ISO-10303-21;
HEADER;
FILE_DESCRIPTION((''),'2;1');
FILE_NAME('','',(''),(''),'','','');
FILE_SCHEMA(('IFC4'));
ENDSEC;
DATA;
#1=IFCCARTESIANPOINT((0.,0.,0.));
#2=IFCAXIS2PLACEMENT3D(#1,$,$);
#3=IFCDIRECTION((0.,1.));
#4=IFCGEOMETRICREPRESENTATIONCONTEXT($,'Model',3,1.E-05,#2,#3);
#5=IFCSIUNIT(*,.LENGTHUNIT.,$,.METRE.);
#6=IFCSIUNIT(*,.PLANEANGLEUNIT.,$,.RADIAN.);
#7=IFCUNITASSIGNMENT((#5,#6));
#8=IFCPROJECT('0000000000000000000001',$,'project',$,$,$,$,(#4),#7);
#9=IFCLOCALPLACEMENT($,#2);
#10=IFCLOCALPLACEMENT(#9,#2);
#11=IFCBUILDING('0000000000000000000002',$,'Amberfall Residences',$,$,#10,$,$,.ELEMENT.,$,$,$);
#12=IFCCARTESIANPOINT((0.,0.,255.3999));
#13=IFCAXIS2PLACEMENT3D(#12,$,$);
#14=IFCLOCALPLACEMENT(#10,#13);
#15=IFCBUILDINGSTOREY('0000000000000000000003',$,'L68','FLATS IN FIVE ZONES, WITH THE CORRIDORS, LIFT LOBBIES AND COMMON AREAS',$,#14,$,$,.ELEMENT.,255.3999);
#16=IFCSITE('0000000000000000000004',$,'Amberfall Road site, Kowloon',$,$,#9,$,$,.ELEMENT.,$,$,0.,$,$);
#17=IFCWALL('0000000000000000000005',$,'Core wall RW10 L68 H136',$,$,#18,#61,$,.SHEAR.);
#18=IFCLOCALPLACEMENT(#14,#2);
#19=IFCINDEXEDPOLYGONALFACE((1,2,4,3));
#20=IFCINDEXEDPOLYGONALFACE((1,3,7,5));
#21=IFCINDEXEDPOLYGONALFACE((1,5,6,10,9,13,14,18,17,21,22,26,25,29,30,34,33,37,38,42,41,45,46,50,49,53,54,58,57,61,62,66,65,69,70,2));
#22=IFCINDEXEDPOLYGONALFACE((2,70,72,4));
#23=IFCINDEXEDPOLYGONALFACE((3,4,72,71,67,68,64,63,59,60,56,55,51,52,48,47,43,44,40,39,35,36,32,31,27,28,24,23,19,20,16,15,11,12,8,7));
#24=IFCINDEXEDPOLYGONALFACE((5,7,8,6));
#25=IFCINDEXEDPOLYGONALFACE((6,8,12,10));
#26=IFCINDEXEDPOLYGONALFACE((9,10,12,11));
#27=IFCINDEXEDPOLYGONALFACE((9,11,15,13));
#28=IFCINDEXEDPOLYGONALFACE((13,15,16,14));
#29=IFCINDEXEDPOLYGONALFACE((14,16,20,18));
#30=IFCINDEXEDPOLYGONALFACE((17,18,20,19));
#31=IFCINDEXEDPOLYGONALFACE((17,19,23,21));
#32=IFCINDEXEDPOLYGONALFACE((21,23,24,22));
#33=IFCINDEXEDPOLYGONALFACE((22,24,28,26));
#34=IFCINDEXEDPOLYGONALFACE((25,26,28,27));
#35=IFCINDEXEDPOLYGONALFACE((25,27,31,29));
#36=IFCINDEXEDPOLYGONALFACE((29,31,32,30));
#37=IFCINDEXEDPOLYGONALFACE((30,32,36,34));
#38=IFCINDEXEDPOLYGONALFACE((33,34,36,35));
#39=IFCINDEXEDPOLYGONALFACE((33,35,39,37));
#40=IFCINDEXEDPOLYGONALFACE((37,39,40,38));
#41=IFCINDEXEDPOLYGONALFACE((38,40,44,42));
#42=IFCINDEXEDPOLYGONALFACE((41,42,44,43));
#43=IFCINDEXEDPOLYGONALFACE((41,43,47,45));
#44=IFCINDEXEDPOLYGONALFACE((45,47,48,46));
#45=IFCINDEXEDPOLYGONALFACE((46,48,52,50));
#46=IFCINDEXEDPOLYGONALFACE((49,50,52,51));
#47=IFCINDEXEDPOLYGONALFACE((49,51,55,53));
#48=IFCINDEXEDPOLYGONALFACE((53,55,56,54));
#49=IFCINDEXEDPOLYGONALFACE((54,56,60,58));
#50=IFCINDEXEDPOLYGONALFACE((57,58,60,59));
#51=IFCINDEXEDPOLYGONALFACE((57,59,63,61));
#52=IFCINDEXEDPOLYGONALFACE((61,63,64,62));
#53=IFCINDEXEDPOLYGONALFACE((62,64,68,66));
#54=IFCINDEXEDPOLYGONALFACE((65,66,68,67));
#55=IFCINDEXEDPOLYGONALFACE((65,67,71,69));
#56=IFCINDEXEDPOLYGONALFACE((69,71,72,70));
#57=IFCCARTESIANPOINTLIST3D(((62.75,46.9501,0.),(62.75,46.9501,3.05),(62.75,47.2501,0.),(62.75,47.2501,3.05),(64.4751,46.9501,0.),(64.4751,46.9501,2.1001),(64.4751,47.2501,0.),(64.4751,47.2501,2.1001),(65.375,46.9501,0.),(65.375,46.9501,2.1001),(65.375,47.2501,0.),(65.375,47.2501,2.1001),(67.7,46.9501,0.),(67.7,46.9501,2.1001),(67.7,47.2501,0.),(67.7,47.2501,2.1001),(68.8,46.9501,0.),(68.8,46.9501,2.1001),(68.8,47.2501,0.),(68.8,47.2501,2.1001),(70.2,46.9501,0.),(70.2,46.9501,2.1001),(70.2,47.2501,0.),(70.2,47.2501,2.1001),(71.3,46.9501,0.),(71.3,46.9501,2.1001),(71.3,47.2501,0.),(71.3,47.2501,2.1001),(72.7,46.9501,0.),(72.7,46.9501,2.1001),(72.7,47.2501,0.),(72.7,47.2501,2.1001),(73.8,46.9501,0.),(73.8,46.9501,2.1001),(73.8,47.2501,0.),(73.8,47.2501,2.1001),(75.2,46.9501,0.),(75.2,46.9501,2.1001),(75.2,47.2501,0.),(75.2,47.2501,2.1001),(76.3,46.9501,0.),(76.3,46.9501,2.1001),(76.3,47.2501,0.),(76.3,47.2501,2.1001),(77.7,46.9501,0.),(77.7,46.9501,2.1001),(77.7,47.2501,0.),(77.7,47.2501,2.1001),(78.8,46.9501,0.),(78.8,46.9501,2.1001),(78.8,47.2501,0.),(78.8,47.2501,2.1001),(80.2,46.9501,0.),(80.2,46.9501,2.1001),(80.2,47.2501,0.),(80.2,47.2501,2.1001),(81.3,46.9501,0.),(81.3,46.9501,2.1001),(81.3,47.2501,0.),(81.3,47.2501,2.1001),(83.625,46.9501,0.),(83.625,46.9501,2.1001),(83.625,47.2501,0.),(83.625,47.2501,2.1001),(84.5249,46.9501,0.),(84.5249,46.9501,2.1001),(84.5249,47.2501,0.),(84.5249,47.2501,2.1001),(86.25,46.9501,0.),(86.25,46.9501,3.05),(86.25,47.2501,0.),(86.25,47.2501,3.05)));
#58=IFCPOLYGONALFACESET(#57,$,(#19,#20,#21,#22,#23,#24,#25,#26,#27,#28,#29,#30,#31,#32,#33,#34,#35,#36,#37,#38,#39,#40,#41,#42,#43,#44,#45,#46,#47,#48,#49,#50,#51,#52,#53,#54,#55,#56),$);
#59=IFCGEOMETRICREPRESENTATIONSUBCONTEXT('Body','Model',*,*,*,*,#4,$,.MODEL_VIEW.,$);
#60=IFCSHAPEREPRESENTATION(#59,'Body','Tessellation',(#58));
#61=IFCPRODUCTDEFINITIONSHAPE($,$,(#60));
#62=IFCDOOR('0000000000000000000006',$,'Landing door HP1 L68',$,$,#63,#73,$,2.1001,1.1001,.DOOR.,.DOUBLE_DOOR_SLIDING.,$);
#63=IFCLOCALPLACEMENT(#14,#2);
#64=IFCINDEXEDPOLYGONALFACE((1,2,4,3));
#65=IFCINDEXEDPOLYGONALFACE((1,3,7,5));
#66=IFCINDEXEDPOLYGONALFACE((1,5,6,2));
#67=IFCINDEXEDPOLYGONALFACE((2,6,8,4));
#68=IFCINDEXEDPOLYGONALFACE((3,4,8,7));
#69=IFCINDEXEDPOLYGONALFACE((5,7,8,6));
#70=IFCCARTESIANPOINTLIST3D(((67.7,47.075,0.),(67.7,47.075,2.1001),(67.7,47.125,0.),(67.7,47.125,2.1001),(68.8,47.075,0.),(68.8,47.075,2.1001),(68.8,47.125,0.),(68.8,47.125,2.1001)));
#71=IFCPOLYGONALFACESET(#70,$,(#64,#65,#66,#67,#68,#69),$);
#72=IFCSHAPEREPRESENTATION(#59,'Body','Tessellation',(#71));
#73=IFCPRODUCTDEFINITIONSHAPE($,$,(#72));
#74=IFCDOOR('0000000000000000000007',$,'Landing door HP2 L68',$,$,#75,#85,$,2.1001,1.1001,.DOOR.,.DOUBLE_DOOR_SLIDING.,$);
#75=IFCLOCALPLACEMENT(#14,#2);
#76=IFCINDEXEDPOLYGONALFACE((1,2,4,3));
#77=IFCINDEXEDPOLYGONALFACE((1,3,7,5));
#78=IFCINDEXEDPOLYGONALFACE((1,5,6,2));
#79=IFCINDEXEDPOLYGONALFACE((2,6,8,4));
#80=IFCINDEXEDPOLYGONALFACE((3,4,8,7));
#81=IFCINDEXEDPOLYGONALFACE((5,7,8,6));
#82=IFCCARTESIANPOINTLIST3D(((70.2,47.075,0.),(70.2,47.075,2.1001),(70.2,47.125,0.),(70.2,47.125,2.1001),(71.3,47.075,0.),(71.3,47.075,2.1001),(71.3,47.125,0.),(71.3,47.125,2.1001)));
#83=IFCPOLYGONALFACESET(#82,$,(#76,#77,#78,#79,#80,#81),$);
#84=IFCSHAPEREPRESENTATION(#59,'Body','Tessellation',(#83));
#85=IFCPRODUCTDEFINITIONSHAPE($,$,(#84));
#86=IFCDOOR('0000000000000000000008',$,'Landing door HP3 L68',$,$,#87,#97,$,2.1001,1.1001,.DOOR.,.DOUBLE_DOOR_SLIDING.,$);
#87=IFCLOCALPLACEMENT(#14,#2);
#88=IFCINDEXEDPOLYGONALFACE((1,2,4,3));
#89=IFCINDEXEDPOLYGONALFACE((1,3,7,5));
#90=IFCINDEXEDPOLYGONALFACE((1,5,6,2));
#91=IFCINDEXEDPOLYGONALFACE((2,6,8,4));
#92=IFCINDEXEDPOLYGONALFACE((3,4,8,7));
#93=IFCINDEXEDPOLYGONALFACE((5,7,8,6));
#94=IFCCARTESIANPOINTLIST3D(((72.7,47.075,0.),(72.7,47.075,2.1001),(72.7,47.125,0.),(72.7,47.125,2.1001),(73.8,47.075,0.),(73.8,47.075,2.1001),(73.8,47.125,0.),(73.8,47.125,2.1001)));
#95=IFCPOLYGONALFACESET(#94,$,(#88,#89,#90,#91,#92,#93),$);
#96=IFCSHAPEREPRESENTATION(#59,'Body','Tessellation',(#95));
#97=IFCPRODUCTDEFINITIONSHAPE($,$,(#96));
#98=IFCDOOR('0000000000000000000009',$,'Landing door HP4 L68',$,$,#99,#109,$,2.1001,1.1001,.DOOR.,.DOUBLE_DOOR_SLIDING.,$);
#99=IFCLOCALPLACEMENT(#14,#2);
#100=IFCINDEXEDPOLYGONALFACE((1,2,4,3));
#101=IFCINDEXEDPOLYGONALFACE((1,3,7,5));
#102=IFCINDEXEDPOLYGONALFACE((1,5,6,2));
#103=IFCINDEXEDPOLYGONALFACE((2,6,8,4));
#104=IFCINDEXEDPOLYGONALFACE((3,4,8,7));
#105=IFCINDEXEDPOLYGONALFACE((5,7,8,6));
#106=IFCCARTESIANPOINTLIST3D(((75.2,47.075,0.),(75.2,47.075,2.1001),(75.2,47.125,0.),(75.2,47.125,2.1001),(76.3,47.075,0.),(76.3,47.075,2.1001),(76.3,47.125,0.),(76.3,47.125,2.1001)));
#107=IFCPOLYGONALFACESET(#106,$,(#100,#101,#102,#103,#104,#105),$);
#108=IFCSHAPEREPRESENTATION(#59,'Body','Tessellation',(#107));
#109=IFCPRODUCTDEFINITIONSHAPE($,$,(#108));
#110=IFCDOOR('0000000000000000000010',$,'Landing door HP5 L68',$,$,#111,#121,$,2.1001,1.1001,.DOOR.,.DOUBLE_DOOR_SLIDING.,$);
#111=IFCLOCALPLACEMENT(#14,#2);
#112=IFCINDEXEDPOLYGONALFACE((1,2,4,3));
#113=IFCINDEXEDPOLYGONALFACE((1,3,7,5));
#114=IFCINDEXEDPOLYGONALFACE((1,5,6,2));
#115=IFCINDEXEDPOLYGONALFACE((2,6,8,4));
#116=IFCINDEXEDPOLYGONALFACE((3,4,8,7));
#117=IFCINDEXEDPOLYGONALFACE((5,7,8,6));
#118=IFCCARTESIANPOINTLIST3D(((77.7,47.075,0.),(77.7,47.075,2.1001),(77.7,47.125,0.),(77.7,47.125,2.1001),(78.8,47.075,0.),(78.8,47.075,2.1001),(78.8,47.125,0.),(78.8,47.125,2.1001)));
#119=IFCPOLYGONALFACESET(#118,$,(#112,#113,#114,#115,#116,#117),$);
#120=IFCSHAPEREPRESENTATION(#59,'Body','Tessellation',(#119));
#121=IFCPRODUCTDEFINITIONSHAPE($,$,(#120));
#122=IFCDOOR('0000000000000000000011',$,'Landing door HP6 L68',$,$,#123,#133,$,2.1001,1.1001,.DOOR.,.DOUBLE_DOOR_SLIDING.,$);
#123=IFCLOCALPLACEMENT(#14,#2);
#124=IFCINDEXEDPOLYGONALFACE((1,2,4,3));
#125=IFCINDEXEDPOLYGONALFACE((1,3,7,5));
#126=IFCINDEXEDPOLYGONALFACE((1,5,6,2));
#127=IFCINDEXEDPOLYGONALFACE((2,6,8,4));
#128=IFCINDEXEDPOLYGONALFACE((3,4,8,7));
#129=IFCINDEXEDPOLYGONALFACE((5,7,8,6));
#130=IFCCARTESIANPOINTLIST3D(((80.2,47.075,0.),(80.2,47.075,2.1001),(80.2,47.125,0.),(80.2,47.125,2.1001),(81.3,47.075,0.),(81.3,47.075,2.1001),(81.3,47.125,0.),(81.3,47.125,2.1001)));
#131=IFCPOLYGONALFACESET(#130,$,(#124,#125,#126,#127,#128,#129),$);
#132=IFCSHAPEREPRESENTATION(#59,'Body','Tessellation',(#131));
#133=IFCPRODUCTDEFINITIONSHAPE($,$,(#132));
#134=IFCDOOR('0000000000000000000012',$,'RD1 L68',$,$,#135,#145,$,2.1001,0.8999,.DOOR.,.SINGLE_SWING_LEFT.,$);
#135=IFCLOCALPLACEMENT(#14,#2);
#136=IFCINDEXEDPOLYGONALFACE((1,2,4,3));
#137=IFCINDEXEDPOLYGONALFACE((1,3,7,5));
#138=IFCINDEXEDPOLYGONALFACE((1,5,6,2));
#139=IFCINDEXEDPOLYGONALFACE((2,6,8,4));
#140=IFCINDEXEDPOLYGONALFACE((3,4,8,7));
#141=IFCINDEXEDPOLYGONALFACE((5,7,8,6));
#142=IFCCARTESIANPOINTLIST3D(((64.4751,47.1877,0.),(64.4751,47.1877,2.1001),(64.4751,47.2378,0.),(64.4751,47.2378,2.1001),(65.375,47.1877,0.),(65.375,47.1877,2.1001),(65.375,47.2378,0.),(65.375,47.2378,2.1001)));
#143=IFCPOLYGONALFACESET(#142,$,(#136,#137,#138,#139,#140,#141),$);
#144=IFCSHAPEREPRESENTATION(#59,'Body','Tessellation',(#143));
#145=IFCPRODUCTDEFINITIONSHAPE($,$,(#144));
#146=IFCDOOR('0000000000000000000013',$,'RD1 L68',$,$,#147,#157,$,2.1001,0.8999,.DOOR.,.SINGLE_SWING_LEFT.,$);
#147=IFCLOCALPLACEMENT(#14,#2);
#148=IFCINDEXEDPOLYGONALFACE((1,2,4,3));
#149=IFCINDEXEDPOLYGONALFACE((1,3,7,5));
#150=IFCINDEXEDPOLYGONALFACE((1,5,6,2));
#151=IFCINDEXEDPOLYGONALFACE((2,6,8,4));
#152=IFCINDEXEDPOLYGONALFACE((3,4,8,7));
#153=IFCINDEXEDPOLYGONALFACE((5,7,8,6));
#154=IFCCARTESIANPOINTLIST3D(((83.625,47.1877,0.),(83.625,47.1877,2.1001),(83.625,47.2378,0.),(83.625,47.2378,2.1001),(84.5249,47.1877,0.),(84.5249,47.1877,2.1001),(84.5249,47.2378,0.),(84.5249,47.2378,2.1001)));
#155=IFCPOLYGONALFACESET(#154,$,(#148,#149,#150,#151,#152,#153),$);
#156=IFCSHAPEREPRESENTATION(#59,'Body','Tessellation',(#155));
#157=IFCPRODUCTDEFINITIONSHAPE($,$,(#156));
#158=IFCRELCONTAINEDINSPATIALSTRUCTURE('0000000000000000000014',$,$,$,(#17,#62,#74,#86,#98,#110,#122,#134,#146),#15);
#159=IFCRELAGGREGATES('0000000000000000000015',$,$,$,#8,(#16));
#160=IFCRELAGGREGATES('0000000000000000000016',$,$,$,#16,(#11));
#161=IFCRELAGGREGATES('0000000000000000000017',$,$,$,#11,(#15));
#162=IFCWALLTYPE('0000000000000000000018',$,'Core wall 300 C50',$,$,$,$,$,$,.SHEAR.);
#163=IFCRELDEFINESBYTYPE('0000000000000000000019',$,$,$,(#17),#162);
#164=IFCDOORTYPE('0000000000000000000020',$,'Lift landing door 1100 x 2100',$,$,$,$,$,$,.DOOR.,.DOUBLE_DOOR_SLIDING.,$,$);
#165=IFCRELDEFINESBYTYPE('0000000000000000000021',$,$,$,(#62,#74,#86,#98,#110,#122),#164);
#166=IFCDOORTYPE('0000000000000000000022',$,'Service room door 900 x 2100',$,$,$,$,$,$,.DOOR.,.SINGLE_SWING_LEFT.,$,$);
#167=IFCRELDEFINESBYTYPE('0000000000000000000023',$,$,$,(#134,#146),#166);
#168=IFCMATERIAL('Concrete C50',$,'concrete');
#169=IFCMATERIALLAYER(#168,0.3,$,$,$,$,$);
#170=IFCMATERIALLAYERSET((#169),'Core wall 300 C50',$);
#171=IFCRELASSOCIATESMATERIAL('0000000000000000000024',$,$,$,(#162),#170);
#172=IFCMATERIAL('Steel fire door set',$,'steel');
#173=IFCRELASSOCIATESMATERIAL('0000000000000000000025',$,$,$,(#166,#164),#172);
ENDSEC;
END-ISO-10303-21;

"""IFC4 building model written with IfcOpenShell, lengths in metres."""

from ifc_helpers import new_model, si_unit, direction, frame, frame_2d, origin, place, context, subcontext, project, spatial, rectangle, extrude, material, layer, layer_set, type_object, element, fill, save


model = new_model("IFC4")

# Units and contexts
model_context = context("Model", 3, precision=1e-05, world=origin(), true_north=direction((0.0, 1.0)))
body_context = subcontext(model_context, "Body", "Model", "MODEL_VIEW")
ifc_project = project(units=[si_unit("LENGTHUNIT", "METRE"), si_unit("PLANEANGLEUNIT", "RADIAN")], contexts=[model_context])

# Site, building, storey
site_placement = place(None, origin())
site = spatial("IfcSite", under=ifc_project, at=site_placement, Name="Amberfall Road site, Kowloon", CompositionType="ELEMENT", RefElevation=0.0)
building_placement = place(site_placement, origin())
building = spatial("IfcBuilding", under=site, at=building_placement, Name="Amberfall Residences", CompositionType="ELEMENT")
storey_placement = place(building_placement, frame((0.0, 0.0, 255.3999)))
storey = spatial("IfcBuildingStorey", under=building, at=storey_placement, Name="L68", Description="FLATS IN FIVE ZONES, WITH THE CORRIDORS, LIFT LOBBIES AND COMMON AREAS", CompositionType="ELEMENT", Elevation=255.3999)

# Wall, openings, doors
ifc_material_1 = material(Name="Concrete C50", Category="concrete")
ifc_layer_1 = layer(ifc_material_1, 0.3)
ifc_layer_set_1 = layer_set([ifc_layer_1], Name="Core wall 300 C50")
wall_type_1 = type_object("IfcWallType", Name="Core wall 300 C50", PredefinedType="SHEAR", material=ifc_layer_set_1)
ifc_material_2 = material(Name="Steel fire door set", Category="steel")
door_type_1 = type_object("IfcDoorType", Name="Service room door 900 x 2100", OperationType="SINGLE_SWING_LEFT", PredefinedType="DOOR", material=ifc_material_2)
wall_1_placement = place(storey_placement, frame((62.75, 47.1001, 0.0), z_axis=(0.0, 0.0, 1.0), x_axis=(1.0, 0.0, 0.0)))
wall_1 = element("IfcWall", 1, at=wall_1_placement, inside=storey, type_object=wall_type_1, Name="Core wall RW10 L68 H136", PredefinedType="SHEAR", context=body_context, shape_type="SweptSolid", body=[
    extrude(rectangle(XDim=23.5, YDim=0.3, at=frame_2d((11.75, 0.0))), origin(), (0.0, 0.0, 1.0), 3.05),
])
opening_1_placement = place(wall_1_placement, frame((1.7251, 0.0, 0.0)))
opening_1 = element("IfcOpeningElement", 2, at=opening_1_placement, cuts=wall_1, PredefinedType="OPENING", context=body_context, shape_type="SweptSolid", body=[
    extrude(rectangle(XDim=0.8999, YDim=2.1001, at=frame_2d((0.45, 1.05))), frame((0.0, 0.1599, 0.0), z_axis=(0.0, -1.0, 0.0), x_axis=(1.0, 0.0, 0.0)), (0.0, 0.0, 1.0), 0.3201),
])
opening_2_placement = place(wall_1_placement, frame((20.875, 0.0, 0.0)))
opening_2 = element("IfcOpeningElement", 3, at=opening_2_placement, cuts=wall_1, PredefinedType="OPENING", context=body_context, shape_type="SweptSolid", body=[
    extrude(rectangle(XDim=0.8999, YDim=2.1001, at=frame_2d((0.45, 1.05))), frame((0.0, 0.1599, 0.0), z_axis=(0.0, -1.0, 0.0), x_axis=(1.0, 0.0, 0.0)), (0.0, 0.0, 1.0), 0.3201),
])
opening_3_placement = place(wall_1_placement, frame((4.95, 0.0, 0.0)))
opening_3 = element("IfcOpeningElement", 4, at=opening_3_placement, cuts=wall_1, PredefinedType="OPENING", context=body_context, shape_type="SweptSolid", body=[
    extrude(rectangle(XDim=1.1001, YDim=2.1001, at=frame_2d((0.55, 1.05))), frame((0.0, 0.1599, 0.0), z_axis=(0.0, -1.0, 0.0), x_axis=(1.0, 0.0, 0.0)), (0.0, 0.0, 1.0), 0.3201),
])
opening_4_placement = place(wall_1_placement, frame((7.45, 0.0, 0.0)))
opening_4 = element("IfcOpeningElement", 5, at=opening_4_placement, cuts=wall_1, PredefinedType="OPENING", context=body_context, shape_type="SweptSolid", body=[
    extrude(rectangle(XDim=1.1001, YDim=2.1001, at=frame_2d((0.55, 1.05))), frame((0.0, 0.1599, 0.0), z_axis=(0.0, -1.0, 0.0), x_axis=(1.0, 0.0, 0.0)), (0.0, 0.0, 1.0), 0.3201),
])
opening_5_placement = place(wall_1_placement, frame((9.95, 0.0, 0.0)))
opening_5 = element("IfcOpeningElement", 6, at=opening_5_placement, cuts=wall_1, PredefinedType="OPENING", context=body_context, shape_type="SweptSolid", body=[
    extrude(rectangle(XDim=1.1001, YDim=2.1001, at=frame_2d((0.55, 1.05))), frame((0.0, 0.1599, 0.0), z_axis=(0.0, -1.0, 0.0), x_axis=(1.0, 0.0, 0.0)), (0.0, 0.0, 1.0), 0.3201),
])
opening_6_placement = place(wall_1_placement, frame((12.45, 0.0, 0.0)))
opening_6 = element("IfcOpeningElement", 7, at=opening_6_placement, cuts=wall_1, PredefinedType="OPENING", context=body_context, shape_type="SweptSolid", body=[
    extrude(rectangle(XDim=1.1001, YDim=2.1001, at=frame_2d((0.55, 1.05))), frame((0.0, 0.1599, 0.0), z_axis=(0.0, -1.0, 0.0), x_axis=(1.0, 0.0, 0.0)), (0.0, 0.0, 1.0), 0.3201),
])
opening_7_placement = place(wall_1_placement, frame((14.95, 0.0, 0.0)))
opening_7 = element("IfcOpeningElement", 8, at=opening_7_placement, cuts=wall_1, PredefinedType="OPENING", context=body_context, shape_type="SweptSolid", body=[
    extrude(rectangle(XDim=1.1001, YDim=2.1001, at=frame_2d((0.55, 1.05))), frame((0.0, 0.1599, 0.0), z_axis=(0.0, -1.0, 0.0), x_axis=(1.0, 0.0, 0.0)), (0.0, 0.0, 1.0), 0.3201),
])
opening_8_placement = place(wall_1_placement, frame((17.45, 0.0, 0.0)))
opening_8 = element("IfcOpeningElement", 9, at=opening_8_placement, cuts=wall_1, PredefinedType="OPENING", context=body_context, shape_type="SweptSolid", body=[
    extrude(rectangle(XDim=1.1001, YDim=2.1001, at=frame_2d((0.55, 1.05))), frame((0.0, 0.1599, 0.0), z_axis=(0.0, -1.0, 0.0), x_axis=(1.0, 0.0, 0.0)), (0.0, 0.0, 1.0), 0.3201),
])
door_type_2 = type_object("IfcDoorType", Name="Lift landing door 1100 x 2100", OperationType="DOUBLE_DOOR_SLIDING", PredefinedType="DOOR", material=ifc_material_2)
door_1_placement = place(opening_3_placement, origin())
door_1 = element("IfcDoor", 10, at=door_1_placement, inside=storey, type_object=door_type_2, Name="Landing door HP1 L68", OperationType="DOUBLE_DOOR_SLIDING", OverallHeight=2.1001, OverallWidth=1.1001, PredefinedType="DOOR", context=body_context, shape_type="SweptSolid", body=[
    extrude(rectangle(XDim=1.1001, YDim=2.1001, at=frame_2d((0.55, 1.05))), frame((0.0, 0.0249, 0.0), z_axis=(0.0, -1.0, 0.0), x_axis=(1.0, 0.0, 0.0)), (0.0, 0.0, 1.0), 0.05),
])
fill(opening_3, door_1)
door_2_placement = place(opening_4_placement, origin())
door_2 = element("IfcDoor", 11, at=door_2_placement, inside=storey, type_object=door_type_2, Name="Landing door HP2 L68", OperationType="DOUBLE_DOOR_SLIDING", OverallHeight=2.1001, OverallWidth=1.1001, PredefinedType="DOOR", context=body_context, shape_type="SweptSolid", body=[
    extrude(rectangle(XDim=1.1001, YDim=2.1001, at=frame_2d((0.55, 1.05))), frame((0.0, 0.0249, 0.0), z_axis=(0.0, -1.0, 0.0), x_axis=(1.0, 0.0, 0.0)), (0.0, 0.0, 1.0), 0.05),
])
fill(opening_4, door_2)
door_3_placement = place(opening_5_placement, origin())
door_3 = element("IfcDoor", 12, at=door_3_placement, inside=storey, type_object=door_type_2, Name="Landing door HP3 L68", OperationType="DOUBLE_DOOR_SLIDING", OverallHeight=2.1001, OverallWidth=1.1001, PredefinedType="DOOR", context=body_context, shape_type="SweptSolid", body=[
    extrude(rectangle(XDim=1.1001, YDim=2.1001, at=frame_2d((0.55, 1.05))), frame((0.0, 0.0249, 0.0), z_axis=(0.0, -1.0, 0.0), x_axis=(1.0, 0.0, 0.0)), (0.0, 0.0, 1.0), 0.05),
])
fill(opening_5, door_3)
door_4_placement = place(opening_6_placement, origin())
door_4 = element("IfcDoor", 13, at=door_4_placement, inside=storey, type_object=door_type_2, Name="Landing door HP4 L68", OperationType="DOUBLE_DOOR_SLIDING", OverallHeight=2.1001, OverallWidth=1.1001, PredefinedType="DOOR", context=body_context, shape_type="SweptSolid", body=[
    extrude(rectangle(XDim=1.1001, YDim=2.1001, at=frame_2d((0.55, 1.05))), frame((0.0, 0.0249, 0.0), z_axis=(0.0, -1.0, 0.0), x_axis=(1.0, 0.0, 0.0)), (0.0, 0.0, 1.0), 0.05),
])
fill(opening_6, door_4)
door_5_placement = place(opening_7_placement, origin())
door_5 = element("IfcDoor", 14, at=door_5_placement, inside=storey, type_object=door_type_2, Name="Landing door HP5 L68", OperationType="DOUBLE_DOOR_SLIDING", OverallHeight=2.1001, OverallWidth=1.1001, PredefinedType="DOOR", context=body_context, shape_type="SweptSolid", body=[
    extrude(rectangle(XDim=1.1001, YDim=2.1001, at=frame_2d((0.55, 1.05))), frame((0.0, 0.0249, 0.0), z_axis=(0.0, -1.0, 0.0), x_axis=(1.0, 0.0, 0.0)), (0.0, 0.0, 1.0), 0.05),
])
fill(opening_7, door_5)
door_6_placement = place(opening_8_placement, origin())
door_6 = element("IfcDoor", 15, at=door_6_placement, inside=storey, type_object=door_type_2, Name="Landing door HP6 L68", OperationType="DOUBLE_DOOR_SLIDING", OverallHeight=2.1001, OverallWidth=1.1001, PredefinedType="DOOR", context=body_context, shape_type="SweptSolid", body=[
    extrude(rectangle(XDim=1.1001, YDim=2.1001, at=frame_2d((0.55, 1.05))), frame((0.0, 0.0249, 0.0), z_axis=(0.0, -1.0, 0.0), x_axis=(1.0, 0.0, 0.0)), (0.0, 0.0, 1.0), 0.05),
])
fill(opening_8, door_6)
door_7_placement = place(opening_1_placement, origin())
door_7 = element("IfcDoor", 16, at=door_7_placement, inside=storey, type_object=door_type_1, Name="RD1 L68", OperationType="SINGLE_SWING_LEFT", OverallHeight=2.1001, OverallWidth=0.8999, PredefinedType="DOOR", context=body_context, shape_type="SweptSolid", body=[
    extrude(rectangle(XDim=0.8999, YDim=2.1001, at=frame_2d((0.45, 1.05))), frame((0.0, 0.1377, 0.0), z_axis=(0.0, -1.0, 0.0), x_axis=(1.0, 0.0, 0.0)), (0.0, 0.0, 1.0), 0.05),
])
fill(opening_1, door_7)
door_8_placement = place(opening_2_placement, origin())
door_8 = element("IfcDoor", 17, at=door_8_placement, inside=storey, type_object=door_type_1, Name="RD1 L68", OperationType="SINGLE_SWING_LEFT", OverallHeight=2.1001, OverallWidth=0.8999, PredefinedType="DOOR", context=body_context, shape_type="SweptSolid", body=[
    extrude(rectangle(XDim=0.8999, YDim=2.1001, at=frame_2d((0.45, 1.05))), frame((0.0, 0.1377, 0.0), z_axis=(0.0, -1.0, 0.0), x_axis=(1.0, 0.0, 0.0)), (0.0, 0.0, 1.0), 0.05),
])
fill(opening_2, door_8)

save(model, "model.ifc")
